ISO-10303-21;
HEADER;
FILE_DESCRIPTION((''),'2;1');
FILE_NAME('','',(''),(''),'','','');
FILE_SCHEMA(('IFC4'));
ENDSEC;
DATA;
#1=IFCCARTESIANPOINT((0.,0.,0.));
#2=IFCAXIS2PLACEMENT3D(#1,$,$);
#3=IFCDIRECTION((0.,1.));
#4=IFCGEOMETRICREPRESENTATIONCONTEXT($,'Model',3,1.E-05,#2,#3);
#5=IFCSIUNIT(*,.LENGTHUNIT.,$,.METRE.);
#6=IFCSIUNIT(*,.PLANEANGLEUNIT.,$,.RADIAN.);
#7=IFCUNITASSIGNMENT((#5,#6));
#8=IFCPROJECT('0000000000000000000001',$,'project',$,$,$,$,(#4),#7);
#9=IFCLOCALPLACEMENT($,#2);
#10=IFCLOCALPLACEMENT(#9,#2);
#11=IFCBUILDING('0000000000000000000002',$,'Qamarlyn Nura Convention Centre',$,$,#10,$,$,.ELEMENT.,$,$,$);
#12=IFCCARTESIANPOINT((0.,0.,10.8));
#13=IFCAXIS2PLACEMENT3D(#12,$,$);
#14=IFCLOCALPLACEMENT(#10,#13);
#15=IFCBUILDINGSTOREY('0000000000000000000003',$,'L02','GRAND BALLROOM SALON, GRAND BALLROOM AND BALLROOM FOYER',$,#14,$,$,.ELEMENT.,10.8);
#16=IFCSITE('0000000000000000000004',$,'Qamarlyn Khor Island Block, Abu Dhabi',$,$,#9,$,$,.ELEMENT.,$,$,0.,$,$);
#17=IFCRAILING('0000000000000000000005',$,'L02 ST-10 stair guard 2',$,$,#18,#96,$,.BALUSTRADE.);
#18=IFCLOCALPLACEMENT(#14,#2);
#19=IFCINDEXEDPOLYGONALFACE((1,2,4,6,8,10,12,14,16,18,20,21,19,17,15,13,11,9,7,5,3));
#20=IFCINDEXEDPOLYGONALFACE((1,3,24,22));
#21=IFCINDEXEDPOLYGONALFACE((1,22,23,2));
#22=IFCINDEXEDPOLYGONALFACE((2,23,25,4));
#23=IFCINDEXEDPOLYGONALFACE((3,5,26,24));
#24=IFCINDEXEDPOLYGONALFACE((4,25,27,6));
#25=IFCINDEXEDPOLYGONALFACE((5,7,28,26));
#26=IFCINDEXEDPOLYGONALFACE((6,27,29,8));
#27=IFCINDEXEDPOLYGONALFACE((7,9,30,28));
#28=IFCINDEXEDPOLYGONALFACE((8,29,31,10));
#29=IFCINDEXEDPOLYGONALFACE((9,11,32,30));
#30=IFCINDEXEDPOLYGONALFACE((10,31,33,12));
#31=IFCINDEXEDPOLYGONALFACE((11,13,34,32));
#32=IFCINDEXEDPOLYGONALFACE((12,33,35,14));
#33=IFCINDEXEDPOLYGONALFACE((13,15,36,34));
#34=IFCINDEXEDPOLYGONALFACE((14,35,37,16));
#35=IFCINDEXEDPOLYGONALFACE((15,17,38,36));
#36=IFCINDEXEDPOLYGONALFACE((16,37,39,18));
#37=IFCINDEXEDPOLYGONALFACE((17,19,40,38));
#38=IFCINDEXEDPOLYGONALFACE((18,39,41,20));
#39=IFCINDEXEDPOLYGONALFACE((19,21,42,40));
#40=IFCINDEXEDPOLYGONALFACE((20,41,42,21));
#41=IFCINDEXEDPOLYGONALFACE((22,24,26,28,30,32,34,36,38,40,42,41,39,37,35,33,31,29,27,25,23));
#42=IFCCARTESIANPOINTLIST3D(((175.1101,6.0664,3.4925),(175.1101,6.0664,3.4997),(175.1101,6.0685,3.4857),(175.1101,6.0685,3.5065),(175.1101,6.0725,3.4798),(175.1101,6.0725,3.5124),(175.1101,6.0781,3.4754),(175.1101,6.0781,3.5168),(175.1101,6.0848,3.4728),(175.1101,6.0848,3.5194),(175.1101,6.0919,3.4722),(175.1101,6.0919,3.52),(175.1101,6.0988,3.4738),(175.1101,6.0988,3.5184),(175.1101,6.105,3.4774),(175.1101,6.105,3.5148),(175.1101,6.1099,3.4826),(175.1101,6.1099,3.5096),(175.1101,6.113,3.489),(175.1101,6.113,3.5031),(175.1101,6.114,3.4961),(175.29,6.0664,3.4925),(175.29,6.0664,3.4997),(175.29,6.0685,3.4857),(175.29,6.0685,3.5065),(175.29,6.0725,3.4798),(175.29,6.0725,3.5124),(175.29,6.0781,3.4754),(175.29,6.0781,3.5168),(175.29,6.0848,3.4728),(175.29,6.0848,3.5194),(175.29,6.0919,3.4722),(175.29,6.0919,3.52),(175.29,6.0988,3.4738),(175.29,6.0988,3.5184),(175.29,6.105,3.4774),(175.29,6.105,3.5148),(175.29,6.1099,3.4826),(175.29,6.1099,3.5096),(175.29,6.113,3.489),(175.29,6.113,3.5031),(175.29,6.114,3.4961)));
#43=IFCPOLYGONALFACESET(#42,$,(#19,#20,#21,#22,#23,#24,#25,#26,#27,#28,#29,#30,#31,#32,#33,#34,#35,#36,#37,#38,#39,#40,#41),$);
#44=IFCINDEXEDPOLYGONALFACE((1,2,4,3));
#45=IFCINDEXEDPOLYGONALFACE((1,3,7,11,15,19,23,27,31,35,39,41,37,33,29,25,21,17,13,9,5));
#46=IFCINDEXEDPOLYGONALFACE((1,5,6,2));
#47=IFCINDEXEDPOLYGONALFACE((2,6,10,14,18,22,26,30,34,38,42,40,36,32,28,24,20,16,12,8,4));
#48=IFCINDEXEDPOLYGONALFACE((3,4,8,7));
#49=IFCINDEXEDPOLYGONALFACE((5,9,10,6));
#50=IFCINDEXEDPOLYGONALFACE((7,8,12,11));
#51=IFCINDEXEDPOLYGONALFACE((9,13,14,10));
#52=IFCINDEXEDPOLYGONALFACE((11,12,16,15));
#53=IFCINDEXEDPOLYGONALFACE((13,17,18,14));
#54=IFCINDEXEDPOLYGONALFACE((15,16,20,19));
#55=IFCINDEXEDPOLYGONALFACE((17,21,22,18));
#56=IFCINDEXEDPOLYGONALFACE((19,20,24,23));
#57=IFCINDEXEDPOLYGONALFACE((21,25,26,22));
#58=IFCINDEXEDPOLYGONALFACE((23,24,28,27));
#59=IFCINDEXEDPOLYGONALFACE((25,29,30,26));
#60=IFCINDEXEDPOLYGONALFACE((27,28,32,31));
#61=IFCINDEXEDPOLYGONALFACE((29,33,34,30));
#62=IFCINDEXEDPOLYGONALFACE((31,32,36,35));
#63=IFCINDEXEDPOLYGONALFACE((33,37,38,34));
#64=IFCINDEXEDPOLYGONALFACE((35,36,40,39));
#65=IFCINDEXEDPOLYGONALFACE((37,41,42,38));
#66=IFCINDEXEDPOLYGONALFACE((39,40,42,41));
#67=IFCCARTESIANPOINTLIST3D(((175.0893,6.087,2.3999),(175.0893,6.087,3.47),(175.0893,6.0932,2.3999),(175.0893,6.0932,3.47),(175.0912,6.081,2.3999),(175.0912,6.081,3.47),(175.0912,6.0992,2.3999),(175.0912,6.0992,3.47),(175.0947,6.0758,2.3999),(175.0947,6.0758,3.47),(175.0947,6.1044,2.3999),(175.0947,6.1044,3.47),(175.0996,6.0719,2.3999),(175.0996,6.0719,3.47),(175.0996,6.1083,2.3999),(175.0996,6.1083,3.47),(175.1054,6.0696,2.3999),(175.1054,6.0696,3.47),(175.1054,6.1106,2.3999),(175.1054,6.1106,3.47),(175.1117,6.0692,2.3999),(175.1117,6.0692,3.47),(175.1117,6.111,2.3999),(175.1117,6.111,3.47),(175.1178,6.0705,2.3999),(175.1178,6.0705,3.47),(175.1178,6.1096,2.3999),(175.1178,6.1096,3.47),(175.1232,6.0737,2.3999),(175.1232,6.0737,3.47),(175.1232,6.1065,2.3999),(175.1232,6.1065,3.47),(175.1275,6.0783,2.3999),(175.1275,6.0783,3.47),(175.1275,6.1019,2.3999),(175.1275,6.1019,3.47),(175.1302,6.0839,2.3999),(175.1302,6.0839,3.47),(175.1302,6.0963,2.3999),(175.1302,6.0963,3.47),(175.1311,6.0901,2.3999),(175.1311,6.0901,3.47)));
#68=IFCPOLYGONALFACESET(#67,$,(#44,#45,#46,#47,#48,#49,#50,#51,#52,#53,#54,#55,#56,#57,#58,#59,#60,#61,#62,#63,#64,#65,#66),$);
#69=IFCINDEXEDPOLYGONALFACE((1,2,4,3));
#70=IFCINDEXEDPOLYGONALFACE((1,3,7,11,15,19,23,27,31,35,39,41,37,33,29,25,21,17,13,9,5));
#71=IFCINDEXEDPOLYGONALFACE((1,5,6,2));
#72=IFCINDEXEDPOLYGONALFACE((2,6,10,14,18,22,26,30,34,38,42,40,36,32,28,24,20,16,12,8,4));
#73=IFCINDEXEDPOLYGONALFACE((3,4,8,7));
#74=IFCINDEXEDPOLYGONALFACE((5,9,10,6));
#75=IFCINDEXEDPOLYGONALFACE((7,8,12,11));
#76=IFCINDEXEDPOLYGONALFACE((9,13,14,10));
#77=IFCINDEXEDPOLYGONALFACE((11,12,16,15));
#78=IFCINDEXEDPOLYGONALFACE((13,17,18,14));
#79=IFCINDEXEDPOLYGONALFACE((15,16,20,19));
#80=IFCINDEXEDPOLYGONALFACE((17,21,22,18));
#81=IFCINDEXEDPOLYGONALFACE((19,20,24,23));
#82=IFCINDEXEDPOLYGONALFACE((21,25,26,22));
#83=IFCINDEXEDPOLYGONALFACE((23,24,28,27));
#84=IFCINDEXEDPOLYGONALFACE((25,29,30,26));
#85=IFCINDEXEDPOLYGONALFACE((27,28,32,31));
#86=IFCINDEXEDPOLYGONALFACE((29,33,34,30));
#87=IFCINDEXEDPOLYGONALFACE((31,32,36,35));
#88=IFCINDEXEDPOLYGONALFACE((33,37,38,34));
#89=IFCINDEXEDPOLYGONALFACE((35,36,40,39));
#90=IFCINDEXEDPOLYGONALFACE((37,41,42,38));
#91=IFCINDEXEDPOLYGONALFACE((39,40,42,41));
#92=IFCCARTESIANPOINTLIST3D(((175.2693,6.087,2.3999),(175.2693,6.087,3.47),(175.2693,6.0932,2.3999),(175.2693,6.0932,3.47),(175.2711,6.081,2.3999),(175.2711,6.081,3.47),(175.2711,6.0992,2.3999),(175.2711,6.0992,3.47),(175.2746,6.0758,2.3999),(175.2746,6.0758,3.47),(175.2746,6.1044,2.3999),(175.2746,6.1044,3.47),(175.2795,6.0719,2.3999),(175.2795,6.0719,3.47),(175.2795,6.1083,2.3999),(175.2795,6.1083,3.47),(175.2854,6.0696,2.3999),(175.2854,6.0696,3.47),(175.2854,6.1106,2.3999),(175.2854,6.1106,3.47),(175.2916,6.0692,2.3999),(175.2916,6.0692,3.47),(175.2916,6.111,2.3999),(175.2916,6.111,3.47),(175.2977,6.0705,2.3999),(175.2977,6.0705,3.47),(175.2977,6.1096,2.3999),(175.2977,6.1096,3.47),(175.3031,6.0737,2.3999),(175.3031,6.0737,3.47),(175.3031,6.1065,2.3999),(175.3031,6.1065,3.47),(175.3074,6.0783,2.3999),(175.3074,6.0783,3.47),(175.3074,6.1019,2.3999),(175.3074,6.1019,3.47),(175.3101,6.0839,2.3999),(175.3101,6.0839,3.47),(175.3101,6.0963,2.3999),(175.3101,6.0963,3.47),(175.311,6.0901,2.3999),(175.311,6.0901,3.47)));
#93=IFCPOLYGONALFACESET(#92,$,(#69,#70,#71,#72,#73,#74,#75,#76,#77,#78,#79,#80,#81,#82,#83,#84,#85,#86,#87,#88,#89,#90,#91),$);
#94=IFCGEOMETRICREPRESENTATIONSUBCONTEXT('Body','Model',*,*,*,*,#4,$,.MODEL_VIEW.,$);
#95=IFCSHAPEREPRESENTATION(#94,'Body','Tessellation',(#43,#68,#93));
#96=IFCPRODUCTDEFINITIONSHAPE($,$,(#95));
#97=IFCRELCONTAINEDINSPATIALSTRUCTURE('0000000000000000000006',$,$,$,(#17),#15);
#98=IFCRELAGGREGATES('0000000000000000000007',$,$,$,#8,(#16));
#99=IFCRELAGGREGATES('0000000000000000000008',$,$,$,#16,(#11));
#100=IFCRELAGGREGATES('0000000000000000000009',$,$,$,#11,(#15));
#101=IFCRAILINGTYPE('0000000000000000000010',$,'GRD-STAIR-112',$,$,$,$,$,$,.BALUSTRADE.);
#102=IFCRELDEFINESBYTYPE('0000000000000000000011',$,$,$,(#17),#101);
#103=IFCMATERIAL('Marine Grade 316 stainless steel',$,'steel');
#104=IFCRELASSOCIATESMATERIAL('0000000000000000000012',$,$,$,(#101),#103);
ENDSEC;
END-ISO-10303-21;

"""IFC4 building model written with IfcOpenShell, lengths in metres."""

from ifc_helpers import new_model, si_unit, direction, frame, origin, origin_2d, place, context, subcontext, project, spatial, circle, extrude, material, type_object, element, save


model = new_model("IFC4")

# Units and contexts
model_context = context("Model", 3, precision=1e-05, world=origin(), true_north=direction((0.0, 1.0)))
body_context = subcontext(model_context, "Body", "Model", "MODEL_VIEW")
ifc_project = project(units=[si_unit("LENGTHUNIT", "METRE"), si_unit("PLANEANGLEUNIT", "RADIAN")], contexts=[model_context])

# Site, building, storey
site_placement = place(None, origin())
site = spatial("IfcSite", under=ifc_project, at=site_placement, Name="Qamarlyn Khor Island Block, Abu Dhabi", CompositionType="ELEMENT", RefElevation=0.0)
building_placement = place(site_placement, origin())
building = spatial("IfcBuilding", under=site, at=building_placement, Name="Qamarlyn Nura Convention Centre", CompositionType="ELEMENT")
storey_placement = place(building_placement, frame((0.0, 0.0, 10.8)))
storey = spatial("IfcBuildingStorey", under=building, at=storey_placement, Name="L02", Description="GRAND BALLROOM SALON, GRAND BALLROOM AND BALLROOM FOYER", CompositionType="ELEMENT", Elevation=10.8)

# Railing
ifc_material_1 = material(Name="Marine Grade 316 stainless steel", Category="steel")
railing_type_1 = type_object("IfcRailingType", Name="GRD-STAIR-112", PredefinedType="BALUSTRADE", material=ifc_material_1)
railing_1_placement = place(storey_placement, frame((175.1101, 6.0901, 2.3999)))
element("IfcRailing", 1, at=railing_1_placement, inside=storey, type_object=railing_type_1, Name="L02 ST-10 stair guard 2", PredefinedType="BALUSTRADE", context=body_context, shape_type="SweptSolid", body=[
    extrude(circle(Radius=0.0239, at=origin_2d()), frame((0.0, 0.0, 1.0962), z_axis=(1.0, 0.0, 0.0), x_axis=(0.0, 1.0, 0.0)), (0.0, 0.0, 1.0), 0.1799),
    extrude(circle(Radius=0.021, at=origin_2d()), origin(), (0.0, 0.0, 1.0), 1.0701),
    extrude(circle(Radius=0.021, at=origin_2d()), frame((0.1799, 0.0, 0.0)), (0.0, 0.0, 1.0), 1.0701),
])

save(model, "model.ifc")
